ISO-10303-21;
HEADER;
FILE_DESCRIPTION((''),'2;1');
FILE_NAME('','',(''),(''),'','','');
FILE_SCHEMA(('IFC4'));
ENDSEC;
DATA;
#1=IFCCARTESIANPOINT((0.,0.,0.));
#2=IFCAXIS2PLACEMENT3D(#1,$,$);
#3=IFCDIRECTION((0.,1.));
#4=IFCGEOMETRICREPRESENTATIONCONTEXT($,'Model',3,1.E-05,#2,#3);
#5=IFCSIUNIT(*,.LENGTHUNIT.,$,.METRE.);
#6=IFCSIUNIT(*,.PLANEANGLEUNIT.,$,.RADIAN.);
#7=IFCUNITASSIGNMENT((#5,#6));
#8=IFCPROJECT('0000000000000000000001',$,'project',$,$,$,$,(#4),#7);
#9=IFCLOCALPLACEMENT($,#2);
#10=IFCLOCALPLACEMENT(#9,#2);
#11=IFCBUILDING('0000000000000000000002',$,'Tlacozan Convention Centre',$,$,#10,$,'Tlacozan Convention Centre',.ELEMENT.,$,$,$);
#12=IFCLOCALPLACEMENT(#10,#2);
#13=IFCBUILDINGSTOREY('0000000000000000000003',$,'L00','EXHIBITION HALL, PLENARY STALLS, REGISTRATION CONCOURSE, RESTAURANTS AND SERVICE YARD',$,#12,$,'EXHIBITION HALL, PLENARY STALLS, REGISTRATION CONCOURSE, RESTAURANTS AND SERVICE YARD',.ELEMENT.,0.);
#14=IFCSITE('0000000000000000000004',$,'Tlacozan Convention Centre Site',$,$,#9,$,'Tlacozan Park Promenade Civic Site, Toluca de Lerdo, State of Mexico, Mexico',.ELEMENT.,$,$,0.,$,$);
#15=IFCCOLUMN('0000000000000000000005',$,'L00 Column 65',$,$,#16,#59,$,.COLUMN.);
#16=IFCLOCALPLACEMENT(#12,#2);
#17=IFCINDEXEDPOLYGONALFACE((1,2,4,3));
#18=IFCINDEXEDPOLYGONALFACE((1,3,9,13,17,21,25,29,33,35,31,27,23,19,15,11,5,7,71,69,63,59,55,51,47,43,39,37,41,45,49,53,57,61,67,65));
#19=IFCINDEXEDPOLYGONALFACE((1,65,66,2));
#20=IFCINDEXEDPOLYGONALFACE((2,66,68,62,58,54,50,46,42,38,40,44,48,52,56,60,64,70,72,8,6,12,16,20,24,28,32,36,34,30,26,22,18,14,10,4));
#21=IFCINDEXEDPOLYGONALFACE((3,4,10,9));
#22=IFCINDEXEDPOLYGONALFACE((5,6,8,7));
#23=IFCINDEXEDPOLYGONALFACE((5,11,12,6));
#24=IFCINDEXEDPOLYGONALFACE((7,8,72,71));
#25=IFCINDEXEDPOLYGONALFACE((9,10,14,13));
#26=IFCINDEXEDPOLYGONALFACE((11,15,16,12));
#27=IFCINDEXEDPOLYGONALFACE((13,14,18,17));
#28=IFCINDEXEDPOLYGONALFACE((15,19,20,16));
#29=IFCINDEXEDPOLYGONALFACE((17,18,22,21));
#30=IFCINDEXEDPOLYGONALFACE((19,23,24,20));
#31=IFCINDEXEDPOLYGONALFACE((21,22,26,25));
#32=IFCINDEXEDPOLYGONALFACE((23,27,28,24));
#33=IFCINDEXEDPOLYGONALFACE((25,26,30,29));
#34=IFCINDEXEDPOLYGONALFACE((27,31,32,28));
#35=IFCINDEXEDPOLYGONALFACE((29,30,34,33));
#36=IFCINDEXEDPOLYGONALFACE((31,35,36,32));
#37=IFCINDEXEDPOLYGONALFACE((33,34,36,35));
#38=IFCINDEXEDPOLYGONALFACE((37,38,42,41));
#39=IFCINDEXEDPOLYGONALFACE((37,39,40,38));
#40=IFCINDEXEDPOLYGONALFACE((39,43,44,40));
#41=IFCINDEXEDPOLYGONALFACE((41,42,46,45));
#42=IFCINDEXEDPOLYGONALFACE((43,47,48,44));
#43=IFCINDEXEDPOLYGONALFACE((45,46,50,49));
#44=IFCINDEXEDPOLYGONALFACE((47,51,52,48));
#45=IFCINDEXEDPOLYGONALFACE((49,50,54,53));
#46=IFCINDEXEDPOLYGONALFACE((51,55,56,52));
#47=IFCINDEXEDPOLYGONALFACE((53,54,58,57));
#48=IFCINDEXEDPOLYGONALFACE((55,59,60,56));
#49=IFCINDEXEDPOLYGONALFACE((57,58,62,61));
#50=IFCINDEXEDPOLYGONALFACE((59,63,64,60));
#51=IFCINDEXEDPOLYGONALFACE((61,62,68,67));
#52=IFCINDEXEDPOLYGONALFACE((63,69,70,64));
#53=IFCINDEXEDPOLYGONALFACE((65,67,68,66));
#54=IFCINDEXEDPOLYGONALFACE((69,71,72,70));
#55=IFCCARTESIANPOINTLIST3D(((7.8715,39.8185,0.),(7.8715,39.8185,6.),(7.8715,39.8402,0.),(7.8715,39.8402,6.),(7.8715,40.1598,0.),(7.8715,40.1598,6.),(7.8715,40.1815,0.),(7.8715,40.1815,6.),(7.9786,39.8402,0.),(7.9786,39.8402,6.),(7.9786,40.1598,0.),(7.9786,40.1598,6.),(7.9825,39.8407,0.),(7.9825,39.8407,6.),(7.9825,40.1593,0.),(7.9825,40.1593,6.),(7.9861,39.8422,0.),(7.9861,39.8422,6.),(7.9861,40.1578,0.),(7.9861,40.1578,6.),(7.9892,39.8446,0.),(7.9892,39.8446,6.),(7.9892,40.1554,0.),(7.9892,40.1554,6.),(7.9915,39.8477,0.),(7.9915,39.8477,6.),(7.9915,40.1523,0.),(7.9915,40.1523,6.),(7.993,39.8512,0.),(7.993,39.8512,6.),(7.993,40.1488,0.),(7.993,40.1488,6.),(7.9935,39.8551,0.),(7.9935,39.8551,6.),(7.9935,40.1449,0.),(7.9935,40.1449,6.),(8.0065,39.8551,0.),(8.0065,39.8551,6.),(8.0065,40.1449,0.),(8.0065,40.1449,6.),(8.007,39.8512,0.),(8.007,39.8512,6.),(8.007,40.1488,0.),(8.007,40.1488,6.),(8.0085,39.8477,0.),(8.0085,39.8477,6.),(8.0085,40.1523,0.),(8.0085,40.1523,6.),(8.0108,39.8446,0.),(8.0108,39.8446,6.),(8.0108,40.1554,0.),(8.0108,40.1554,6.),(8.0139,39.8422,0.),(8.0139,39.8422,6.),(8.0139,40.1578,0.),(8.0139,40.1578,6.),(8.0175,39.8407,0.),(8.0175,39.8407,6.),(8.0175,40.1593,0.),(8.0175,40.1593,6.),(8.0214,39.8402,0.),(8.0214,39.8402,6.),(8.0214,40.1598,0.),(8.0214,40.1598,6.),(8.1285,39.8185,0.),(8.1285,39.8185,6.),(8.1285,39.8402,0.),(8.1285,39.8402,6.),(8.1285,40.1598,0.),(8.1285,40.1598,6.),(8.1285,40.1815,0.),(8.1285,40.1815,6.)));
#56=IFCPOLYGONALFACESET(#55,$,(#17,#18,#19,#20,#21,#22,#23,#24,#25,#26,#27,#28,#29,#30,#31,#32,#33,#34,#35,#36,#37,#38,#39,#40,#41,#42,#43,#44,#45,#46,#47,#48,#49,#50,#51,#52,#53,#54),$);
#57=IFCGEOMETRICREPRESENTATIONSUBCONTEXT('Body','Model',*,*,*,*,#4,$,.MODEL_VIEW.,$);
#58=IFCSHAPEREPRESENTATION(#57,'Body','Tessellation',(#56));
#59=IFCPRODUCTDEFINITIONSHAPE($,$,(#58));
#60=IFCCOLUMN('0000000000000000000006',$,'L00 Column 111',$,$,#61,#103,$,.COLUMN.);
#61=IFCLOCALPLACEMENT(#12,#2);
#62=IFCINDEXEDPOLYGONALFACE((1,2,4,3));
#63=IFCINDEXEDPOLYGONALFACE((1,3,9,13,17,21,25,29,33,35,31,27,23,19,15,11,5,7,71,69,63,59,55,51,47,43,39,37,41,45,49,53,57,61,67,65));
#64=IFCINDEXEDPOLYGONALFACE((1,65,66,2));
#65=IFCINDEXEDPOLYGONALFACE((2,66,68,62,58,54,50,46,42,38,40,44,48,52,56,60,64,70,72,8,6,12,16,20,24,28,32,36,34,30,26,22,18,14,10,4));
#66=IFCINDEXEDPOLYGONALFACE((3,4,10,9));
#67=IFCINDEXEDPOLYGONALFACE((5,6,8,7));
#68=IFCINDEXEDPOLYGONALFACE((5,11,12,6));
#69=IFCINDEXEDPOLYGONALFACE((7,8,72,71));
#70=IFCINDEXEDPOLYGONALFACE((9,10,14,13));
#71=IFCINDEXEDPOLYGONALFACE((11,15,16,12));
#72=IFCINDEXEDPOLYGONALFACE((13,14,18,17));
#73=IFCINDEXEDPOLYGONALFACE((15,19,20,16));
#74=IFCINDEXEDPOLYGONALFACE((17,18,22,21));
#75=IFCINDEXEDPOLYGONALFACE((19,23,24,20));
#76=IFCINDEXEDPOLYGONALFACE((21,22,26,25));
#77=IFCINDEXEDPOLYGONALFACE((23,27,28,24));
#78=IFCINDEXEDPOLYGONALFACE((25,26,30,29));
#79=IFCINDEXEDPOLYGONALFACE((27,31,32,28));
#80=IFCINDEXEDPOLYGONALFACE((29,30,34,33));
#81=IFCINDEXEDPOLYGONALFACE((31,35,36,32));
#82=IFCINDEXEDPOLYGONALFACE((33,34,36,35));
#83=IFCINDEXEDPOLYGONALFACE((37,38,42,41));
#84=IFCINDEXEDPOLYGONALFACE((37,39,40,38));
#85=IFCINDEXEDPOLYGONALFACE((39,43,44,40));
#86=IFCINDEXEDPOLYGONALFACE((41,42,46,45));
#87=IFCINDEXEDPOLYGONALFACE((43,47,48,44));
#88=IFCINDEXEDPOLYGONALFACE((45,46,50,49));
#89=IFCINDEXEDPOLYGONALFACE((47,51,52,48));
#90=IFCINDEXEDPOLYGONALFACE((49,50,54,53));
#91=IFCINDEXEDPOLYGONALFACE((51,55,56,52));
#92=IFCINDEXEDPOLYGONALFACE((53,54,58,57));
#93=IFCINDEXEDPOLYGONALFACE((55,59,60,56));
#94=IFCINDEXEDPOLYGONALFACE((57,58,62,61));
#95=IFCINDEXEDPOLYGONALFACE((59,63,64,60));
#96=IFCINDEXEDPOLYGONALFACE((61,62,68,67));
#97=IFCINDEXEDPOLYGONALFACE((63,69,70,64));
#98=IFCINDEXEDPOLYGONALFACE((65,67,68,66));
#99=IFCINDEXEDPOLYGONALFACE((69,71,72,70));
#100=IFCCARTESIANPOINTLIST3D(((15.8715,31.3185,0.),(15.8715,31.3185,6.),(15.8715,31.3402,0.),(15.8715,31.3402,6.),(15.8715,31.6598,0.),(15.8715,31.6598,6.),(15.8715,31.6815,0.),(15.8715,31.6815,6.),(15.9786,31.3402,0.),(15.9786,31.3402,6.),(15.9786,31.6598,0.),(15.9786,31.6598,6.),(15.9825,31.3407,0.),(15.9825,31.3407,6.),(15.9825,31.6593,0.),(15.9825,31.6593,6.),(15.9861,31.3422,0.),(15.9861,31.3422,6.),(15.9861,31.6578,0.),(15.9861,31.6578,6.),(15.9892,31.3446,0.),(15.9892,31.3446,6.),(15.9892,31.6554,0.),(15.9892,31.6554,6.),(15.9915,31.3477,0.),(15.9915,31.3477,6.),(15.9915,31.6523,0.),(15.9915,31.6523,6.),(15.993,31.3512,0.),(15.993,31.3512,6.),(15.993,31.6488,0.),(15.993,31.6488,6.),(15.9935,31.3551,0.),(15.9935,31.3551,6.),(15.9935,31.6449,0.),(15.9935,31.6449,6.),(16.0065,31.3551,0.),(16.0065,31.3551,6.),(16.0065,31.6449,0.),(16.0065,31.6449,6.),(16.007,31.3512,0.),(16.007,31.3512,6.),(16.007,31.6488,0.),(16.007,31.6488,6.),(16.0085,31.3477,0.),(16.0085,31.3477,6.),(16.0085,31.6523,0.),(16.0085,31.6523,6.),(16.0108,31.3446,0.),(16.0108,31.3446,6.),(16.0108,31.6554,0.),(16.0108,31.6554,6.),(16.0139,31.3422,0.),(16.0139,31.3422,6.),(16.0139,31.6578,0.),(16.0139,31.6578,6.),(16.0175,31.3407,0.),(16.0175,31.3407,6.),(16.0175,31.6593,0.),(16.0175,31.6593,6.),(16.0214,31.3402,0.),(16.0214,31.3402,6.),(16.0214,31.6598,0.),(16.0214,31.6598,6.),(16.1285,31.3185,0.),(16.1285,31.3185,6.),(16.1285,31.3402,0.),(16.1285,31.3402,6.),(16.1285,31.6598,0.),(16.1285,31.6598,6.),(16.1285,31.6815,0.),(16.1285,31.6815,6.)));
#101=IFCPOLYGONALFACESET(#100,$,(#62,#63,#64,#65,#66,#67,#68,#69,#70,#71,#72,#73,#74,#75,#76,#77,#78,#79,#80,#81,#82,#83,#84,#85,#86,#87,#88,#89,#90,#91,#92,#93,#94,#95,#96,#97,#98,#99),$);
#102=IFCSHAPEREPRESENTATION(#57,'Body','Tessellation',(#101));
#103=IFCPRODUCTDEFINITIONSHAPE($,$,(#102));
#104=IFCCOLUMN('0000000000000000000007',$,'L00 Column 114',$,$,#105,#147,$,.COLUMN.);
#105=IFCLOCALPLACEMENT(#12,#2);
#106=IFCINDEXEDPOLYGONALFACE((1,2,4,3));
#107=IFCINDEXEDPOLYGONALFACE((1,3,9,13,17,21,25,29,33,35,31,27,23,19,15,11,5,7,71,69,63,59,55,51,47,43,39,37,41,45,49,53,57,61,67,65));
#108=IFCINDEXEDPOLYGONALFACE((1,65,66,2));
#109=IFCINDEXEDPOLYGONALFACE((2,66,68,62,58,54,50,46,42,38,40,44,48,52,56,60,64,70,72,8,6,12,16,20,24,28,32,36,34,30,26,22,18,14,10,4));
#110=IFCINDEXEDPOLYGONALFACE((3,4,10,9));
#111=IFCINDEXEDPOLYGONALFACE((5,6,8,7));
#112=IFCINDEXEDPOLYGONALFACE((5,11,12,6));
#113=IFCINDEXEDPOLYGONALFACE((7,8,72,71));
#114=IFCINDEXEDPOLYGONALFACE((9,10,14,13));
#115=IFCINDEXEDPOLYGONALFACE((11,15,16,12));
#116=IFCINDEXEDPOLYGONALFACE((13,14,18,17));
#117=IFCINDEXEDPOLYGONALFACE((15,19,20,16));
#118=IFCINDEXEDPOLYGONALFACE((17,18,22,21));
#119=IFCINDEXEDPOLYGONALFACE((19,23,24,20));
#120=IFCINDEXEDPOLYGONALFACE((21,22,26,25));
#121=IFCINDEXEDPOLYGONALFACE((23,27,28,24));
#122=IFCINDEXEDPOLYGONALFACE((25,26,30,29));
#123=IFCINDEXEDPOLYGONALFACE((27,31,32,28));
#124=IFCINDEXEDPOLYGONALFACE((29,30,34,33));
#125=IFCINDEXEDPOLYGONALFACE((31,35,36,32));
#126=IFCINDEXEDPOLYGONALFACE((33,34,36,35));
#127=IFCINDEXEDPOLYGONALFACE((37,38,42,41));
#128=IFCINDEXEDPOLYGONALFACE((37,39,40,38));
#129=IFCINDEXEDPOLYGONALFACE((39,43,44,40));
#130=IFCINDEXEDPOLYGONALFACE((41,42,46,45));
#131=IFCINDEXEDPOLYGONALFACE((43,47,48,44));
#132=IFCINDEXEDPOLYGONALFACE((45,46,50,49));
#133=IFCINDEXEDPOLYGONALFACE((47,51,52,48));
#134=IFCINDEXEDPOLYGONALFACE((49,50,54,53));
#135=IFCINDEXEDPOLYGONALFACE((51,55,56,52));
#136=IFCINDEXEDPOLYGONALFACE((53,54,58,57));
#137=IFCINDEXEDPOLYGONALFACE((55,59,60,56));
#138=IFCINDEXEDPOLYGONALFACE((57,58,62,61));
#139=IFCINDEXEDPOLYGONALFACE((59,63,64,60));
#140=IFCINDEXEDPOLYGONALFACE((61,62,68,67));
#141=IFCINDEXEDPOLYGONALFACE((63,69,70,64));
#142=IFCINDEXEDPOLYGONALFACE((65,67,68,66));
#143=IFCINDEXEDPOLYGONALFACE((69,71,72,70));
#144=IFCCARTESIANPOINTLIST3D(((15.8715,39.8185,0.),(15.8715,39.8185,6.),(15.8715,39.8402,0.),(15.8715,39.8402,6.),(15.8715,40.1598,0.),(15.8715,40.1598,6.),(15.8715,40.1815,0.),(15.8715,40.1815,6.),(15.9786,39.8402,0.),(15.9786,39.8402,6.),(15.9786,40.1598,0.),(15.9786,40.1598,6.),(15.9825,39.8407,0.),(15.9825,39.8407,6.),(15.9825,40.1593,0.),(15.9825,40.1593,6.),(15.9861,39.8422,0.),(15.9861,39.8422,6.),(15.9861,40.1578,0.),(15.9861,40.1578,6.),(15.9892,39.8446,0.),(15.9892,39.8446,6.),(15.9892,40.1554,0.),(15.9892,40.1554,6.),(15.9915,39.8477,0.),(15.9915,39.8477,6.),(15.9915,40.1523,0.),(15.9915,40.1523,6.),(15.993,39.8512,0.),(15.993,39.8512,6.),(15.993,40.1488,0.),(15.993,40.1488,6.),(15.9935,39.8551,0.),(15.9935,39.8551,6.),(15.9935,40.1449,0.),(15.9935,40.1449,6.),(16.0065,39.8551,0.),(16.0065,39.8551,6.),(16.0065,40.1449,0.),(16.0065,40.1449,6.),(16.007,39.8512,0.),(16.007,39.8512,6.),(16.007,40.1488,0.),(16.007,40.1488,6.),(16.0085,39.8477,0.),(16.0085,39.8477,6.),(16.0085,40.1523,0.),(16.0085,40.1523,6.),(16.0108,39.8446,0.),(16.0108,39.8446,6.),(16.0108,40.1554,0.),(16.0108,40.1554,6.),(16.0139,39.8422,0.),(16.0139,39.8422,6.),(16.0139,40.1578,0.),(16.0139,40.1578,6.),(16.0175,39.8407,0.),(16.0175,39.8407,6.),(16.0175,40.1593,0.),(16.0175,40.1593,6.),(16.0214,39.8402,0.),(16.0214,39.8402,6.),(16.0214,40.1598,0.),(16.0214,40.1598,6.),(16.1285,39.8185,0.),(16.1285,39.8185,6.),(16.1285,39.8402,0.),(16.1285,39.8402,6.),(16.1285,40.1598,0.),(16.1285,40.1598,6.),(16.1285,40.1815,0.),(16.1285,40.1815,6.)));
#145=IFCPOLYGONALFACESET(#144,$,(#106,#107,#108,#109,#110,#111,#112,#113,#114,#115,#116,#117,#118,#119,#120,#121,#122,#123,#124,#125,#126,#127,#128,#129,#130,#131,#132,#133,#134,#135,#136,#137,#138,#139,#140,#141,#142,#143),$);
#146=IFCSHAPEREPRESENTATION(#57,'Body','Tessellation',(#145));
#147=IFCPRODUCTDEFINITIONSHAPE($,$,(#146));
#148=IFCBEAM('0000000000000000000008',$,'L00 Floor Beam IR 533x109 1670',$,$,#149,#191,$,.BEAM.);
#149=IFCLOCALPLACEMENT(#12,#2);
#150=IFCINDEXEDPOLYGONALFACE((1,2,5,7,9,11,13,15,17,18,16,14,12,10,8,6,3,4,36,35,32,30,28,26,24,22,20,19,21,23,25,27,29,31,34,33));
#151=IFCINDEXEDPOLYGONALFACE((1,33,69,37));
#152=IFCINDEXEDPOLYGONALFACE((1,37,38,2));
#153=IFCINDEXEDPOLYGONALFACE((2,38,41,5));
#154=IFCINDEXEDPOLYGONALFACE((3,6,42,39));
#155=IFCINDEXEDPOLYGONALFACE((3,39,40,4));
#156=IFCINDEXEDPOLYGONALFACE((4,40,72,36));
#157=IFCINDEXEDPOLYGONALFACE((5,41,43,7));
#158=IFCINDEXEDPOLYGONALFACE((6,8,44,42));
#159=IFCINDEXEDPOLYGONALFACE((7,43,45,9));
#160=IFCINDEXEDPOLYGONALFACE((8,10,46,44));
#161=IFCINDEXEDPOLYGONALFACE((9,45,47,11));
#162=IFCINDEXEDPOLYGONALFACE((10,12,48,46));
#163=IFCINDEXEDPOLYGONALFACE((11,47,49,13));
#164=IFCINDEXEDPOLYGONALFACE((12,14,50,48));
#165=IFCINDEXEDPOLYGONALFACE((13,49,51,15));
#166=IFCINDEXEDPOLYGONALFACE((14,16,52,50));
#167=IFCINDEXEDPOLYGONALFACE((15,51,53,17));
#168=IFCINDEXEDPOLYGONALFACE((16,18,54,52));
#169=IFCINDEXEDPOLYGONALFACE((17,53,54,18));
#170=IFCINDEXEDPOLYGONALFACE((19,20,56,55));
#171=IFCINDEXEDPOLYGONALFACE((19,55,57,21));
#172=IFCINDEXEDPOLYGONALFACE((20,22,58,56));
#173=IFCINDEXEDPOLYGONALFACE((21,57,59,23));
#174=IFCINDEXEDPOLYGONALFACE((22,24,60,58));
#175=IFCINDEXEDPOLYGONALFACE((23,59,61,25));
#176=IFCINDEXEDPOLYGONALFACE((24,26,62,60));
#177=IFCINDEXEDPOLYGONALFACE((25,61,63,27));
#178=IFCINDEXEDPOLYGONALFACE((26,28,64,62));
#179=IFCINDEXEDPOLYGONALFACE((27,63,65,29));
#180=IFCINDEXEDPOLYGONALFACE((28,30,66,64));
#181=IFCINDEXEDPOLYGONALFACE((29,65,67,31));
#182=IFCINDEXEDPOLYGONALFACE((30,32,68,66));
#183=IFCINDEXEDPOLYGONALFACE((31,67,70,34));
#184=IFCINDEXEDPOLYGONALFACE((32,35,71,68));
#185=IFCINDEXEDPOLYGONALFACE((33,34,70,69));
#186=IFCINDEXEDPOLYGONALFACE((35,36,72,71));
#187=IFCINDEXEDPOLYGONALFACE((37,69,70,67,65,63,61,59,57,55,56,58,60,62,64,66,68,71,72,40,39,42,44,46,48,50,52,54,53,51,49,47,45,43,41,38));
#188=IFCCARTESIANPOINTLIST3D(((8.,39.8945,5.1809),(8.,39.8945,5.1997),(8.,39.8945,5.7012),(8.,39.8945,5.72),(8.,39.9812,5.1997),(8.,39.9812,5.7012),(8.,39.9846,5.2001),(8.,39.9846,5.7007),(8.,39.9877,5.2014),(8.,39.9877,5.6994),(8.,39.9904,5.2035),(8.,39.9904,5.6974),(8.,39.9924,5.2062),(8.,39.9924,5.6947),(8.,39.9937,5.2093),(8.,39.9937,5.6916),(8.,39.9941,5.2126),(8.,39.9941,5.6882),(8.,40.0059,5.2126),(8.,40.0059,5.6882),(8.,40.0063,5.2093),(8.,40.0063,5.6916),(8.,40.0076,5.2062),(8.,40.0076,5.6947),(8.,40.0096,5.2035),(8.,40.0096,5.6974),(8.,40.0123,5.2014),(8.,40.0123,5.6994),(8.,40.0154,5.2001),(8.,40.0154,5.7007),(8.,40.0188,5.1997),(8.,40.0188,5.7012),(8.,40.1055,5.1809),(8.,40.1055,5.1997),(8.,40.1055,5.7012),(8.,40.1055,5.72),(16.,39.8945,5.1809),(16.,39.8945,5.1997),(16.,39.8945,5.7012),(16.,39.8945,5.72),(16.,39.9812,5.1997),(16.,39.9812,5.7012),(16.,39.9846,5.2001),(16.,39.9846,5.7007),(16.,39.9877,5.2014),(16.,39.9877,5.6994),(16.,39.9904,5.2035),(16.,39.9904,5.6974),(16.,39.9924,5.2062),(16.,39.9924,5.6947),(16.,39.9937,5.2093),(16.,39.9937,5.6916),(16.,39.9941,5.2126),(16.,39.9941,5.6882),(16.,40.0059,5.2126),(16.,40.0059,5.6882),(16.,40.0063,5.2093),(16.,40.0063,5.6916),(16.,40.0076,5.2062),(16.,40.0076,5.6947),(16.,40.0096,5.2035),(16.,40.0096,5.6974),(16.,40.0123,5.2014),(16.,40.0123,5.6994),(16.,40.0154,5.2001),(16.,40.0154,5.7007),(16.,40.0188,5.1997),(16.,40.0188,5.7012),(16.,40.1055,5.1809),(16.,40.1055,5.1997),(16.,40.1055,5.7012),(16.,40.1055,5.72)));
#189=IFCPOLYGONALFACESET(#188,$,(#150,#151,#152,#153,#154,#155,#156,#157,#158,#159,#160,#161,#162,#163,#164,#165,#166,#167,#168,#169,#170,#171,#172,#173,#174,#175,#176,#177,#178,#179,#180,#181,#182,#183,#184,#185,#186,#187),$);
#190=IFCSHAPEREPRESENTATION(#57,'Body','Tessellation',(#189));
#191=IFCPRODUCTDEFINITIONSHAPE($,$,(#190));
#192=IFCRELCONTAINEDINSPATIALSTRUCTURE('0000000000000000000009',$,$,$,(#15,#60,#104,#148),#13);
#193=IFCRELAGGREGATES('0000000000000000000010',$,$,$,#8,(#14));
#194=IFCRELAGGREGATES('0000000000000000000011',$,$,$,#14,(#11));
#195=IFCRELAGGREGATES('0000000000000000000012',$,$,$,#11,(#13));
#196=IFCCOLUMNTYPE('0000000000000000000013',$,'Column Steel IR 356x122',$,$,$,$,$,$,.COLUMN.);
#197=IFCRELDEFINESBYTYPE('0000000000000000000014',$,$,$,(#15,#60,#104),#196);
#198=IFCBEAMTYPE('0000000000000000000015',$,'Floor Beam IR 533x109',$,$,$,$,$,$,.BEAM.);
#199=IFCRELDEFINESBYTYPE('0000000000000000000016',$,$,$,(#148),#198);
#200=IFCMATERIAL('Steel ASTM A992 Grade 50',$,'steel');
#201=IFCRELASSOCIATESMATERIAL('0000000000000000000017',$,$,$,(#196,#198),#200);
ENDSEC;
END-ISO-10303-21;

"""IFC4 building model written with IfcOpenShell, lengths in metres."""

from ifc_helpers import new_model, si_unit, direction, frame, origin, origin_2d, place, context, subcontext, project, spatial, i_section, extrude, material, material_profile, profile_set, type_object, element, save


model = new_model("IFC4")

# Units and contexts
model_context = context("Model", 3, precision=1e-05, world=origin(), true_north=direction((0.0, 1.0)))
body_context = subcontext(model_context, "Body", "Model", "MODEL_VIEW")
ifc_project = project(units=[si_unit("LENGTHUNIT", "METRE"), si_unit("PLANEANGLEUNIT", "RADIAN")], contexts=[model_context])

# Site, building, storey
site_placement = place(None, origin())
site = spatial("IfcSite", under=ifc_project, at=site_placement, Name="Tlacozan Convention Centre Site", LongName="Tlacozan Park Promenade Civic Site, Toluca de Lerdo, State of Mexico, Mexico", CompositionType="ELEMENT", RefElevation=0.0)
building_placement = place(site_placement, origin())
building = spatial("IfcBuilding", under=site, at=building_placement, Name="Tlacozan Convention Centre", LongName="Tlacozan Convention Centre", CompositionType="ELEMENT")
storey_placement = place(building_placement, origin())
storey = spatial("IfcBuildingStorey", under=building, at=storey_placement, Name="L00", Description="EXHIBITION HALL, PLENARY STALLS, REGISTRATION CONCOURSE, RESTAURANTS AND SERVICE YARD", LongName="EXHIBITION HALL, PLENARY STALLS, REGISTRATION CONCOURSE, RESTAURANTS AND SERVICE YARD", CompositionType="ELEMENT", Elevation=0.0)

# Columns
ifc_material_1 = material(Name="Steel ASTM A992 Grade 50", Category="steel")
ifc_material_profile_1 = material_profile(ifc_material_1, i_section(OverallWidth=0.2571, OverallDepth=0.363, WebThickness=0.0129, FlangeThickness=0.0217, FilletRadius=0.0149, at=origin_2d()), Name="IR 356x122.0")
ifc_profile_set_1 = profile_set([ifc_material_profile_1], Name="Steel ASTM A992 Grade 50")
column_type = type_object("IfcColumnType", Name="Column Steel IR 356x122", PredefinedType="COLUMN", material=ifc_profile_set_1)
for number, where, z_axis, x_axis, name in (
    (1, (8.0, 40.0, 0.0), (0.0, 0.0, 1.0), (1.0, 0.0, 0.0), "L00 Column 65"),
    (2, (16.0, 31.5, 0.0), (0.0, 0.0, 1.0), (1.0, 0.0, 0.0), "L00 Column 111"),
    (3, (16.0, 40.0, 0.0), (0.0, 0.0, 1.0), (1.0, 0.0, 0.0), "L00 Column 114"),
):
    element("IfcColumn", number, at=place(storey_placement, frame(where, z_axis=z_axis, x_axis=x_axis)), inside=storey, type_object=column_type, Name=name, PredefinedType="COLUMN", context=body_context, shape_type="SweptSolid", body=[
        extrude(i_section(OverallWidth=0.2571, OverallDepth=0.363, WebThickness=0.0129, FlangeThickness=0.0217, FilletRadius=0.0149, at=origin_2d()), origin(), (0.0, 0.0, 1.0), 6.0),
    ])

# Beam
ifc_material_profile_2 = material_profile(ifc_material_1, i_section(OverallWidth=0.2109, OverallDepth=0.5391, WebThickness=0.0117, FlangeThickness=0.0188, FilletRadius=0.0129, at=origin_2d()), Name="IR 533x109.0")
ifc_profile_set_2 = profile_set([ifc_material_profile_2], Name="Steel ASTM A992 Grade 50")
beam_type_1 = type_object("IfcBeamType", Name="Floor Beam IR 533x109", PredefinedType="BEAM", material=ifc_profile_set_2)
for number, where, z_axis, x_axis, name in (
    (4, (8.0, 40.0, 5.4504), (1.0, 0.0, 0.0), (0.0, 1.0, 0.0), "L00 Floor Beam IR 533x109 1670"),
):
    element("IfcBeam", number, at=place(storey_placement, frame(where, z_axis=z_axis, x_axis=x_axis)), inside=storey, type_object=beam_type_1, Name=name, PredefinedType="BEAM", context=body_context, shape_type="SweptSolid", body=[
        extrude(i_section(OverallWidth=0.2109, OverallDepth=0.5391, WebThickness=0.0117, FlangeThickness=0.0188, FilletRadius=0.0129, at=origin_2d()), origin(), (0.0, 0.0, 1.0), 8.0),
    ])

save(model, "model.ifc")
